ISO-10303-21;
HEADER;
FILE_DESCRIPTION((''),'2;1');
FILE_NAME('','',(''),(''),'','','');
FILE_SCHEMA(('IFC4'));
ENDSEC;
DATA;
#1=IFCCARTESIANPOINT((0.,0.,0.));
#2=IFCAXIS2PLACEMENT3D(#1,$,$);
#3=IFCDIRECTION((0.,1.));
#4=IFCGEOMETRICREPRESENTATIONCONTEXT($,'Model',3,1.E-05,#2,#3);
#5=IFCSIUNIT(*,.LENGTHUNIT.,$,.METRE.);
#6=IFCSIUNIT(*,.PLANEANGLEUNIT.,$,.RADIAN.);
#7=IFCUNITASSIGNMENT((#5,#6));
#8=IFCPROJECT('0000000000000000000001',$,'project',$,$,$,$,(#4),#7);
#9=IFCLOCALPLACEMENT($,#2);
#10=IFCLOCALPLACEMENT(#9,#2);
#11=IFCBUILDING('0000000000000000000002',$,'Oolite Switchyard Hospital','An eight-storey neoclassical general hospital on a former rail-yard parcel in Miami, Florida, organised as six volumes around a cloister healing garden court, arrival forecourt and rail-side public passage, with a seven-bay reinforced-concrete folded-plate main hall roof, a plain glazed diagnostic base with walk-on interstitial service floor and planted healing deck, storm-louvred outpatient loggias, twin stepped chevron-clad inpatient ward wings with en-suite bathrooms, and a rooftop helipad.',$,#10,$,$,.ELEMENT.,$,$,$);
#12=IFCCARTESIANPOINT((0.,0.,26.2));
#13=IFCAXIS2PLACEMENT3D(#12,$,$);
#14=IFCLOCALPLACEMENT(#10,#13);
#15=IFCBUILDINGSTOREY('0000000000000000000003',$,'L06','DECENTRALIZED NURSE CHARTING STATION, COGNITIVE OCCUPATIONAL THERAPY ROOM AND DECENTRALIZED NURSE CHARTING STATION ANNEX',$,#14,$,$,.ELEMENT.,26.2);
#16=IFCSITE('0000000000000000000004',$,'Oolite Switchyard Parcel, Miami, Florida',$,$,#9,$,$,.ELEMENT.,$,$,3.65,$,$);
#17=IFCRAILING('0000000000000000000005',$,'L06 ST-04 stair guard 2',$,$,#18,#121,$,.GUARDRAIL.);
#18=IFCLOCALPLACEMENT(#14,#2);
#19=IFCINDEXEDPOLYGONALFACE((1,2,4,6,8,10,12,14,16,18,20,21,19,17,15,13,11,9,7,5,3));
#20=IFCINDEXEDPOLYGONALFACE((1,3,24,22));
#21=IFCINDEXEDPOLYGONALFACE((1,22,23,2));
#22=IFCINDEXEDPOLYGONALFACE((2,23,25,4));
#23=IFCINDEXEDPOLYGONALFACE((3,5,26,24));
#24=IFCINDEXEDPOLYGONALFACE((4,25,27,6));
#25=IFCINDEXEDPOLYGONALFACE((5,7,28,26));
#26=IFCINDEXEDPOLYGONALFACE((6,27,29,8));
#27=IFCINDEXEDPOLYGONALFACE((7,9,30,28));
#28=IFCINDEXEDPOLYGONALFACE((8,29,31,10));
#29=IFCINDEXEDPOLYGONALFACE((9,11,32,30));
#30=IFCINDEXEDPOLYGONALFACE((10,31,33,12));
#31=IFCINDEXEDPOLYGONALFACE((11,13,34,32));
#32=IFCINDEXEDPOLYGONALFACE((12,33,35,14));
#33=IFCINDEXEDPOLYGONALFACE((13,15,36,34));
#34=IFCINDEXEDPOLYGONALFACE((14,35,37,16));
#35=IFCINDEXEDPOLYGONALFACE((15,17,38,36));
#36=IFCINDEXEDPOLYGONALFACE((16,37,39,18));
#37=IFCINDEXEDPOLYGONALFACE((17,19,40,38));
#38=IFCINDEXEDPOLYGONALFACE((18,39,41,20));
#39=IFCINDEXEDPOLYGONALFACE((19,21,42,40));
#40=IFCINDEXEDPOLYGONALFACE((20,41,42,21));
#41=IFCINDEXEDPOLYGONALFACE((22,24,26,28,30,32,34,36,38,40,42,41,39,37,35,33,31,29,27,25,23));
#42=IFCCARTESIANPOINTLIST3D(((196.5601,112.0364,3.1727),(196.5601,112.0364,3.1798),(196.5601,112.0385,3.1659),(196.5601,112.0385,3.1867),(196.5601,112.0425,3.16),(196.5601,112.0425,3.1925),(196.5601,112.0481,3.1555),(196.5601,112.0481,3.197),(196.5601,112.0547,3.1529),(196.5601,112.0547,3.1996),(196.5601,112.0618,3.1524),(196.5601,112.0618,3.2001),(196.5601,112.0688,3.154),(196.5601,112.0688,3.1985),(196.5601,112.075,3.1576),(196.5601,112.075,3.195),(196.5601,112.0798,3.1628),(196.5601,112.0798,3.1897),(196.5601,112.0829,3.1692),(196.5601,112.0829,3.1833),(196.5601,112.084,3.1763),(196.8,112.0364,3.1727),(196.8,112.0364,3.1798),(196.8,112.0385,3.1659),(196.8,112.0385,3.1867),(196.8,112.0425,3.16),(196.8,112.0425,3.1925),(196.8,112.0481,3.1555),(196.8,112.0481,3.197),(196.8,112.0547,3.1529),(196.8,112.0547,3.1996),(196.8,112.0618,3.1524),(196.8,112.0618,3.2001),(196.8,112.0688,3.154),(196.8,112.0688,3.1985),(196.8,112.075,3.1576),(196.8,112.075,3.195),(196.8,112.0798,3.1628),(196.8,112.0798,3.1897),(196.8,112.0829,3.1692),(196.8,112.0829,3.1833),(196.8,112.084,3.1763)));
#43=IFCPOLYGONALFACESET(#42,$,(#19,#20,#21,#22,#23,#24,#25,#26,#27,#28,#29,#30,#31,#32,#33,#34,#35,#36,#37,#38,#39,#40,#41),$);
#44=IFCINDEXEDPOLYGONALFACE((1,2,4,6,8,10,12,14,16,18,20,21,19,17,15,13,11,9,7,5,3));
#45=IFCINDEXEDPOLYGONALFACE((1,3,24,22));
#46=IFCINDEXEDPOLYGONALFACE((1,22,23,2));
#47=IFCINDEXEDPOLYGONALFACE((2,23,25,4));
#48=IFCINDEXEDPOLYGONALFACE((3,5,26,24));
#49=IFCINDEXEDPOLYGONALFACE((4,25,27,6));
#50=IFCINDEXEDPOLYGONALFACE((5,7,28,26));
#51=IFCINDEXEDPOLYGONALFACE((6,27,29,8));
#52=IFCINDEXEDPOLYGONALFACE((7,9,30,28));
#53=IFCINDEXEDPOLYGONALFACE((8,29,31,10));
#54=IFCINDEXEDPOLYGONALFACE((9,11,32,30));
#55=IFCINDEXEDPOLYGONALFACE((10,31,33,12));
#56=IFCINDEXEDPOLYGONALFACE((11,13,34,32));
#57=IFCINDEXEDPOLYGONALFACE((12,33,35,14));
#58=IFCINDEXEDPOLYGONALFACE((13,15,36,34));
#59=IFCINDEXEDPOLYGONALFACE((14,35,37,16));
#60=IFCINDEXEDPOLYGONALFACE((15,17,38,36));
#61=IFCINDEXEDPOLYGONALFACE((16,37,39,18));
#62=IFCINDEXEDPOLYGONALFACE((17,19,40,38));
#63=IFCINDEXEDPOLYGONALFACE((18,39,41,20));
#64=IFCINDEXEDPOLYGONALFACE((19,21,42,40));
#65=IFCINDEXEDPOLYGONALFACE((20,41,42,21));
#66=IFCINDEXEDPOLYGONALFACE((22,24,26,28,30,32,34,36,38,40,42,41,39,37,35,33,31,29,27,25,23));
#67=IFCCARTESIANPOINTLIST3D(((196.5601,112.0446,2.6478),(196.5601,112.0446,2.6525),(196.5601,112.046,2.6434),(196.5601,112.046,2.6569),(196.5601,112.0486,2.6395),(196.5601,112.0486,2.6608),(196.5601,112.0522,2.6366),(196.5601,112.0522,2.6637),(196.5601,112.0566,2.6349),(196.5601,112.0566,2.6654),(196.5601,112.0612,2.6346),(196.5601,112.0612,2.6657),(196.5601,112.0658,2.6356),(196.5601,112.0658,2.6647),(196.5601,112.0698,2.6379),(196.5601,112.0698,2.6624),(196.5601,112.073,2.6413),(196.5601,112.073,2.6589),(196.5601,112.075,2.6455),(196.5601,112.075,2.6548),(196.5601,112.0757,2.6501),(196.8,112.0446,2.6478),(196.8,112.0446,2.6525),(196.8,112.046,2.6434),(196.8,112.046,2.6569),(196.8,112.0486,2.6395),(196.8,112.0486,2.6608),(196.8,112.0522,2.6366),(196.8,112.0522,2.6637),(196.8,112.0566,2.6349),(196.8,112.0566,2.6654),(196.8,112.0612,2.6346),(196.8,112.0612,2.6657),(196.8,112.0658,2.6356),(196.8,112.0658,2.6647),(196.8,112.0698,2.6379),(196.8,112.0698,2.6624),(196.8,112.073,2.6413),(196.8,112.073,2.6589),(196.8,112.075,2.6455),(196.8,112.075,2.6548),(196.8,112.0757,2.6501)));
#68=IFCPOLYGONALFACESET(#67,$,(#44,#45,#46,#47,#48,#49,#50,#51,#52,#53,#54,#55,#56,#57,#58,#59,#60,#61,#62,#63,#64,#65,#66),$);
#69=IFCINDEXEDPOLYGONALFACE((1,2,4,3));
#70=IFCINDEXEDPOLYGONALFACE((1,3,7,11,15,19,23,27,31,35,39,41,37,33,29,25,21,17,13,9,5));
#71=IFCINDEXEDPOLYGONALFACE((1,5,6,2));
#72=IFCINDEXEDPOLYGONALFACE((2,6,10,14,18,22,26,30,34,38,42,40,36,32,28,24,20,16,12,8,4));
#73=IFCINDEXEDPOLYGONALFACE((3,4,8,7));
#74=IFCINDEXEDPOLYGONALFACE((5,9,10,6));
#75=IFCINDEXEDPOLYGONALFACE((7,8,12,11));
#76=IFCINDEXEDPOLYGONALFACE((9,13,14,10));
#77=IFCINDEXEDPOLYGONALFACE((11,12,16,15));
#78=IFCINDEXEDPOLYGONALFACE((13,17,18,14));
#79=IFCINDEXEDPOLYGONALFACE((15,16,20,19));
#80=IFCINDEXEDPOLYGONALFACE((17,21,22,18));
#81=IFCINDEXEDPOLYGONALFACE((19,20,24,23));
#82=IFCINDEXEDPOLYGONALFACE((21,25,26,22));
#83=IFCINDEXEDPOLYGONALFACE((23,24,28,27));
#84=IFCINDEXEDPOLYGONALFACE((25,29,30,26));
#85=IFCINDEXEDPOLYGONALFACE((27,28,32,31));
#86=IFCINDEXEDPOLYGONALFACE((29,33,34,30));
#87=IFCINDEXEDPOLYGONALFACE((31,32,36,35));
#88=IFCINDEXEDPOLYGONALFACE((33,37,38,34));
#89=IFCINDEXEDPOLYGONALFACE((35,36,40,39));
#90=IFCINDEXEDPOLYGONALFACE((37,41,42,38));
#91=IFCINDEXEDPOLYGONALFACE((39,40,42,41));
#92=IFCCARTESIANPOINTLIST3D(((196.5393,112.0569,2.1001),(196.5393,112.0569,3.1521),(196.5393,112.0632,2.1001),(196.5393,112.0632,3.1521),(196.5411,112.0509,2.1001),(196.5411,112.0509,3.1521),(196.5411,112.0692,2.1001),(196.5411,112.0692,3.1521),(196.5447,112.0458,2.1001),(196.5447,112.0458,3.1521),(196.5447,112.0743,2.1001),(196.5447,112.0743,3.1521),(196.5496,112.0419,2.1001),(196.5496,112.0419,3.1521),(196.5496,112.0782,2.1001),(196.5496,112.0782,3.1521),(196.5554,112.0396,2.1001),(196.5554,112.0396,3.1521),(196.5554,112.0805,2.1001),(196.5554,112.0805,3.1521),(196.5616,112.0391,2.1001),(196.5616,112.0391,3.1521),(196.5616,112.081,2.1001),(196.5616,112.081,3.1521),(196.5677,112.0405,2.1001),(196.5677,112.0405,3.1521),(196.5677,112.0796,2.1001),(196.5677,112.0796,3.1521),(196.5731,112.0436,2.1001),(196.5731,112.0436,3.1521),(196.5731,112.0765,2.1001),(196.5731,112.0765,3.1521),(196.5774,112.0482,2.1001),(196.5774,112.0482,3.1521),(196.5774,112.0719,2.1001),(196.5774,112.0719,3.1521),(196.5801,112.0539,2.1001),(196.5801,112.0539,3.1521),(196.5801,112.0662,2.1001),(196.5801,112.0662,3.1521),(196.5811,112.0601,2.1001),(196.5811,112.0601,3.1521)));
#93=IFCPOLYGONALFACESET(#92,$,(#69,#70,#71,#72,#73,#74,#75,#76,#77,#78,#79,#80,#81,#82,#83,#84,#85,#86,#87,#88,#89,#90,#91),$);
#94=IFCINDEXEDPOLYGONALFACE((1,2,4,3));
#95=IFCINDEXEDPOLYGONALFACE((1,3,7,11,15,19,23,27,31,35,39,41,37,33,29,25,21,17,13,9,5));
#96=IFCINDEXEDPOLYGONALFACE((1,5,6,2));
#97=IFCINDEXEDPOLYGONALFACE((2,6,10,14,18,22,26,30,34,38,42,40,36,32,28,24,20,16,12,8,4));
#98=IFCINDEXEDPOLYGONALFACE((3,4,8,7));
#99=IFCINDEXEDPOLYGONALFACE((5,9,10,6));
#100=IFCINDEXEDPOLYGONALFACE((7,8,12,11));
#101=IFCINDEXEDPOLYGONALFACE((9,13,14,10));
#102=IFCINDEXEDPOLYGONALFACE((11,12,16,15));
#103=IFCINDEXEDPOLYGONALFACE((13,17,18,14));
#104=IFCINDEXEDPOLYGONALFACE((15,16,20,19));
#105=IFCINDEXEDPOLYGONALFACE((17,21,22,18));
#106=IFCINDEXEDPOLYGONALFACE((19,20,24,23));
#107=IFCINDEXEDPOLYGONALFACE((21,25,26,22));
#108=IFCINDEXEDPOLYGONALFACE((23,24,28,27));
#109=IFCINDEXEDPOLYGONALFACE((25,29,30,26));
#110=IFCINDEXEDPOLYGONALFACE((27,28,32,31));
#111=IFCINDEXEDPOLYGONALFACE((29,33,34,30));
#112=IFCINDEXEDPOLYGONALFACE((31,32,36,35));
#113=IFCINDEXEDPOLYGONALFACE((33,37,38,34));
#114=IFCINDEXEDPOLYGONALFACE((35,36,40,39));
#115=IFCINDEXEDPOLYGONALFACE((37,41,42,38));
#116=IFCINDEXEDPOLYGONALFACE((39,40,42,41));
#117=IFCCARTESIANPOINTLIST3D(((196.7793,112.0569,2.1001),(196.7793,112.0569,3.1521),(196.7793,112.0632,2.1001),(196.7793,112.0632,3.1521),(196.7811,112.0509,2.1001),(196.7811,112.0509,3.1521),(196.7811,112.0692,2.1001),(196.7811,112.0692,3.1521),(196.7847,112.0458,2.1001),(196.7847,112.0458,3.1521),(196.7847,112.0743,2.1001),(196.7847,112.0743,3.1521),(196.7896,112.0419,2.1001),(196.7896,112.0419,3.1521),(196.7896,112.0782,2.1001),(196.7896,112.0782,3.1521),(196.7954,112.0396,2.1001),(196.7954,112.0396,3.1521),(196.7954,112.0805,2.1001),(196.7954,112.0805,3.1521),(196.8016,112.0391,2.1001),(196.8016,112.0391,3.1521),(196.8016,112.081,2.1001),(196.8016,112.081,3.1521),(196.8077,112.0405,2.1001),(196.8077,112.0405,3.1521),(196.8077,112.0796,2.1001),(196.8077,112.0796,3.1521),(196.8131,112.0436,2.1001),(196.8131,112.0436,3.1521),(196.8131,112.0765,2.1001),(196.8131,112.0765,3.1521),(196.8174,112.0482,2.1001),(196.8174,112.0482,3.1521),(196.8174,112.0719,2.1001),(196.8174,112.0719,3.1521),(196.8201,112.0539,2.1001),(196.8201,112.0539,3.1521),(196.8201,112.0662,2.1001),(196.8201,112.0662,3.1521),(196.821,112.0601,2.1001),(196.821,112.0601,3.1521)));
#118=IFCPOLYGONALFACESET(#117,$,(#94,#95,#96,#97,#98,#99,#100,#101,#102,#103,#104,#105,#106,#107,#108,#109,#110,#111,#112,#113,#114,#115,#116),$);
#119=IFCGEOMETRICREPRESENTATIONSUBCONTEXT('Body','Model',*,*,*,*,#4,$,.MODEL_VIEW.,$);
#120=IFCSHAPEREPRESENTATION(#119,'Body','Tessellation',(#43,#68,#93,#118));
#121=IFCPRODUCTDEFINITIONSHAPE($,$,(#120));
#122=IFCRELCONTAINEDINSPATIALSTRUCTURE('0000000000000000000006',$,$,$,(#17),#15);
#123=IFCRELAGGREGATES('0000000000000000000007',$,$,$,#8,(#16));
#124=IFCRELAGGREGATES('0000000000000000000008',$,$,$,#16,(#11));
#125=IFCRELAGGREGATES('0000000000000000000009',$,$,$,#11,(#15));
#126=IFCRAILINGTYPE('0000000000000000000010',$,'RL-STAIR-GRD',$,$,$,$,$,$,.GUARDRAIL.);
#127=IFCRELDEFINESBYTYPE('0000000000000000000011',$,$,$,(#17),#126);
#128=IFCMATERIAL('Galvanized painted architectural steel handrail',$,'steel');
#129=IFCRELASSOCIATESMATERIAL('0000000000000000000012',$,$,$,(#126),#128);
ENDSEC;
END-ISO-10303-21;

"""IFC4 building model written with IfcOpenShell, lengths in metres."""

from ifc_helpers import new_model, si_unit, direction, frame, origin, origin_2d, place, context, subcontext, project, spatial, circle, extrude, material, type_object, element, save


model = new_model("IFC4")

# Units and contexts
model_context = context("Model", 3, precision=1e-05, world=origin(), true_north=direction((0.0, 1.0)))
body_context = subcontext(model_context, "Body", "Model", "MODEL_VIEW")
ifc_project = project(units=[si_unit("LENGTHUNIT", "METRE"), si_unit("PLANEANGLEUNIT", "RADIAN")], contexts=[model_context])

# Site, building, storey
site_placement = place(None, origin())
site = spatial("IfcSite", under=ifc_project, at=site_placement, Name="Oolite Switchyard Parcel, Miami, Florida", CompositionType="ELEMENT", RefElevation=3.65)
building_placement = place(site_placement, origin())
building = spatial("IfcBuilding", under=site, at=building_placement, Name="Oolite Switchyard Hospital", Description="An eight-storey neoclassical general hospital on a former rail-yard parcel in Miami, Florida, organised as six volumes around a cloister healing garden court, arrival forecourt and rail-side public passage, with a seven-bay reinforced-concrete folded-plate main hall roof, a plain glazed diagnostic base with walk-on interstitial service floor and planted healing deck, storm-louvred outpatient loggias, twin stepped chevron-clad inpatient ward wings with en-suite bathrooms, and a rooftop helipad.", CompositionType="ELEMENT")
storey_placement = place(building_placement, frame((0.0, 0.0, 26.2)))
storey = spatial("IfcBuildingStorey", under=building, at=storey_placement, Name="L06", Description="DECENTRALIZED NURSE CHARTING STATION, COGNITIVE OCCUPATIONAL THERAPY ROOM AND DECENTRALIZED NURSE CHARTING STATION ANNEX", CompositionType="ELEMENT", Elevation=26.2)

# Railing
ifc_material_1 = material(Name="Galvanized painted architectural steel handrail", Category="steel")
railing_type_1 = type_object("IfcRailingType", Name="RL-STAIR-GRD", PredefinedType="GUARDRAIL", material=ifc_material_1)
railing_1_placement = place(storey_placement, frame((196.5601, 112.0601, 2.1001)))
element("IfcRailing", 1, at=railing_1_placement, inside=storey, type_object=railing_type_1, Name="L06 ST-04 stair guard 2", PredefinedType="GUARDRAIL", context=body_context, shape_type="SweptSolid", body=[
    extrude(circle(Radius=0.0239, at=origin_2d()), frame((0.0, 0.0, 1.0762), z_axis=(1.0, 0.0, 0.0), x_axis=(0.0, 1.0, 0.0)), (0.0, 0.0, 1.0), 0.24),
    extrude(circle(Radius=0.0156, at=origin_2d()), frame((0.0, 0.0, 0.55), z_axis=(1.0, 0.0, 0.0), x_axis=(0.0, 1.0, 0.0)), (0.0, 0.0, 1.0), 0.24),
    extrude(circle(Radius=0.021, at=origin_2d()), origin(), (0.0, 0.0, 1.0), 1.052),
    extrude(circle(Radius=0.021, at=origin_2d()), frame((0.24, 0.0, 0.0)), (0.0, 0.0, 1.0), 1.052),
])

save(model, "model.ifc")
